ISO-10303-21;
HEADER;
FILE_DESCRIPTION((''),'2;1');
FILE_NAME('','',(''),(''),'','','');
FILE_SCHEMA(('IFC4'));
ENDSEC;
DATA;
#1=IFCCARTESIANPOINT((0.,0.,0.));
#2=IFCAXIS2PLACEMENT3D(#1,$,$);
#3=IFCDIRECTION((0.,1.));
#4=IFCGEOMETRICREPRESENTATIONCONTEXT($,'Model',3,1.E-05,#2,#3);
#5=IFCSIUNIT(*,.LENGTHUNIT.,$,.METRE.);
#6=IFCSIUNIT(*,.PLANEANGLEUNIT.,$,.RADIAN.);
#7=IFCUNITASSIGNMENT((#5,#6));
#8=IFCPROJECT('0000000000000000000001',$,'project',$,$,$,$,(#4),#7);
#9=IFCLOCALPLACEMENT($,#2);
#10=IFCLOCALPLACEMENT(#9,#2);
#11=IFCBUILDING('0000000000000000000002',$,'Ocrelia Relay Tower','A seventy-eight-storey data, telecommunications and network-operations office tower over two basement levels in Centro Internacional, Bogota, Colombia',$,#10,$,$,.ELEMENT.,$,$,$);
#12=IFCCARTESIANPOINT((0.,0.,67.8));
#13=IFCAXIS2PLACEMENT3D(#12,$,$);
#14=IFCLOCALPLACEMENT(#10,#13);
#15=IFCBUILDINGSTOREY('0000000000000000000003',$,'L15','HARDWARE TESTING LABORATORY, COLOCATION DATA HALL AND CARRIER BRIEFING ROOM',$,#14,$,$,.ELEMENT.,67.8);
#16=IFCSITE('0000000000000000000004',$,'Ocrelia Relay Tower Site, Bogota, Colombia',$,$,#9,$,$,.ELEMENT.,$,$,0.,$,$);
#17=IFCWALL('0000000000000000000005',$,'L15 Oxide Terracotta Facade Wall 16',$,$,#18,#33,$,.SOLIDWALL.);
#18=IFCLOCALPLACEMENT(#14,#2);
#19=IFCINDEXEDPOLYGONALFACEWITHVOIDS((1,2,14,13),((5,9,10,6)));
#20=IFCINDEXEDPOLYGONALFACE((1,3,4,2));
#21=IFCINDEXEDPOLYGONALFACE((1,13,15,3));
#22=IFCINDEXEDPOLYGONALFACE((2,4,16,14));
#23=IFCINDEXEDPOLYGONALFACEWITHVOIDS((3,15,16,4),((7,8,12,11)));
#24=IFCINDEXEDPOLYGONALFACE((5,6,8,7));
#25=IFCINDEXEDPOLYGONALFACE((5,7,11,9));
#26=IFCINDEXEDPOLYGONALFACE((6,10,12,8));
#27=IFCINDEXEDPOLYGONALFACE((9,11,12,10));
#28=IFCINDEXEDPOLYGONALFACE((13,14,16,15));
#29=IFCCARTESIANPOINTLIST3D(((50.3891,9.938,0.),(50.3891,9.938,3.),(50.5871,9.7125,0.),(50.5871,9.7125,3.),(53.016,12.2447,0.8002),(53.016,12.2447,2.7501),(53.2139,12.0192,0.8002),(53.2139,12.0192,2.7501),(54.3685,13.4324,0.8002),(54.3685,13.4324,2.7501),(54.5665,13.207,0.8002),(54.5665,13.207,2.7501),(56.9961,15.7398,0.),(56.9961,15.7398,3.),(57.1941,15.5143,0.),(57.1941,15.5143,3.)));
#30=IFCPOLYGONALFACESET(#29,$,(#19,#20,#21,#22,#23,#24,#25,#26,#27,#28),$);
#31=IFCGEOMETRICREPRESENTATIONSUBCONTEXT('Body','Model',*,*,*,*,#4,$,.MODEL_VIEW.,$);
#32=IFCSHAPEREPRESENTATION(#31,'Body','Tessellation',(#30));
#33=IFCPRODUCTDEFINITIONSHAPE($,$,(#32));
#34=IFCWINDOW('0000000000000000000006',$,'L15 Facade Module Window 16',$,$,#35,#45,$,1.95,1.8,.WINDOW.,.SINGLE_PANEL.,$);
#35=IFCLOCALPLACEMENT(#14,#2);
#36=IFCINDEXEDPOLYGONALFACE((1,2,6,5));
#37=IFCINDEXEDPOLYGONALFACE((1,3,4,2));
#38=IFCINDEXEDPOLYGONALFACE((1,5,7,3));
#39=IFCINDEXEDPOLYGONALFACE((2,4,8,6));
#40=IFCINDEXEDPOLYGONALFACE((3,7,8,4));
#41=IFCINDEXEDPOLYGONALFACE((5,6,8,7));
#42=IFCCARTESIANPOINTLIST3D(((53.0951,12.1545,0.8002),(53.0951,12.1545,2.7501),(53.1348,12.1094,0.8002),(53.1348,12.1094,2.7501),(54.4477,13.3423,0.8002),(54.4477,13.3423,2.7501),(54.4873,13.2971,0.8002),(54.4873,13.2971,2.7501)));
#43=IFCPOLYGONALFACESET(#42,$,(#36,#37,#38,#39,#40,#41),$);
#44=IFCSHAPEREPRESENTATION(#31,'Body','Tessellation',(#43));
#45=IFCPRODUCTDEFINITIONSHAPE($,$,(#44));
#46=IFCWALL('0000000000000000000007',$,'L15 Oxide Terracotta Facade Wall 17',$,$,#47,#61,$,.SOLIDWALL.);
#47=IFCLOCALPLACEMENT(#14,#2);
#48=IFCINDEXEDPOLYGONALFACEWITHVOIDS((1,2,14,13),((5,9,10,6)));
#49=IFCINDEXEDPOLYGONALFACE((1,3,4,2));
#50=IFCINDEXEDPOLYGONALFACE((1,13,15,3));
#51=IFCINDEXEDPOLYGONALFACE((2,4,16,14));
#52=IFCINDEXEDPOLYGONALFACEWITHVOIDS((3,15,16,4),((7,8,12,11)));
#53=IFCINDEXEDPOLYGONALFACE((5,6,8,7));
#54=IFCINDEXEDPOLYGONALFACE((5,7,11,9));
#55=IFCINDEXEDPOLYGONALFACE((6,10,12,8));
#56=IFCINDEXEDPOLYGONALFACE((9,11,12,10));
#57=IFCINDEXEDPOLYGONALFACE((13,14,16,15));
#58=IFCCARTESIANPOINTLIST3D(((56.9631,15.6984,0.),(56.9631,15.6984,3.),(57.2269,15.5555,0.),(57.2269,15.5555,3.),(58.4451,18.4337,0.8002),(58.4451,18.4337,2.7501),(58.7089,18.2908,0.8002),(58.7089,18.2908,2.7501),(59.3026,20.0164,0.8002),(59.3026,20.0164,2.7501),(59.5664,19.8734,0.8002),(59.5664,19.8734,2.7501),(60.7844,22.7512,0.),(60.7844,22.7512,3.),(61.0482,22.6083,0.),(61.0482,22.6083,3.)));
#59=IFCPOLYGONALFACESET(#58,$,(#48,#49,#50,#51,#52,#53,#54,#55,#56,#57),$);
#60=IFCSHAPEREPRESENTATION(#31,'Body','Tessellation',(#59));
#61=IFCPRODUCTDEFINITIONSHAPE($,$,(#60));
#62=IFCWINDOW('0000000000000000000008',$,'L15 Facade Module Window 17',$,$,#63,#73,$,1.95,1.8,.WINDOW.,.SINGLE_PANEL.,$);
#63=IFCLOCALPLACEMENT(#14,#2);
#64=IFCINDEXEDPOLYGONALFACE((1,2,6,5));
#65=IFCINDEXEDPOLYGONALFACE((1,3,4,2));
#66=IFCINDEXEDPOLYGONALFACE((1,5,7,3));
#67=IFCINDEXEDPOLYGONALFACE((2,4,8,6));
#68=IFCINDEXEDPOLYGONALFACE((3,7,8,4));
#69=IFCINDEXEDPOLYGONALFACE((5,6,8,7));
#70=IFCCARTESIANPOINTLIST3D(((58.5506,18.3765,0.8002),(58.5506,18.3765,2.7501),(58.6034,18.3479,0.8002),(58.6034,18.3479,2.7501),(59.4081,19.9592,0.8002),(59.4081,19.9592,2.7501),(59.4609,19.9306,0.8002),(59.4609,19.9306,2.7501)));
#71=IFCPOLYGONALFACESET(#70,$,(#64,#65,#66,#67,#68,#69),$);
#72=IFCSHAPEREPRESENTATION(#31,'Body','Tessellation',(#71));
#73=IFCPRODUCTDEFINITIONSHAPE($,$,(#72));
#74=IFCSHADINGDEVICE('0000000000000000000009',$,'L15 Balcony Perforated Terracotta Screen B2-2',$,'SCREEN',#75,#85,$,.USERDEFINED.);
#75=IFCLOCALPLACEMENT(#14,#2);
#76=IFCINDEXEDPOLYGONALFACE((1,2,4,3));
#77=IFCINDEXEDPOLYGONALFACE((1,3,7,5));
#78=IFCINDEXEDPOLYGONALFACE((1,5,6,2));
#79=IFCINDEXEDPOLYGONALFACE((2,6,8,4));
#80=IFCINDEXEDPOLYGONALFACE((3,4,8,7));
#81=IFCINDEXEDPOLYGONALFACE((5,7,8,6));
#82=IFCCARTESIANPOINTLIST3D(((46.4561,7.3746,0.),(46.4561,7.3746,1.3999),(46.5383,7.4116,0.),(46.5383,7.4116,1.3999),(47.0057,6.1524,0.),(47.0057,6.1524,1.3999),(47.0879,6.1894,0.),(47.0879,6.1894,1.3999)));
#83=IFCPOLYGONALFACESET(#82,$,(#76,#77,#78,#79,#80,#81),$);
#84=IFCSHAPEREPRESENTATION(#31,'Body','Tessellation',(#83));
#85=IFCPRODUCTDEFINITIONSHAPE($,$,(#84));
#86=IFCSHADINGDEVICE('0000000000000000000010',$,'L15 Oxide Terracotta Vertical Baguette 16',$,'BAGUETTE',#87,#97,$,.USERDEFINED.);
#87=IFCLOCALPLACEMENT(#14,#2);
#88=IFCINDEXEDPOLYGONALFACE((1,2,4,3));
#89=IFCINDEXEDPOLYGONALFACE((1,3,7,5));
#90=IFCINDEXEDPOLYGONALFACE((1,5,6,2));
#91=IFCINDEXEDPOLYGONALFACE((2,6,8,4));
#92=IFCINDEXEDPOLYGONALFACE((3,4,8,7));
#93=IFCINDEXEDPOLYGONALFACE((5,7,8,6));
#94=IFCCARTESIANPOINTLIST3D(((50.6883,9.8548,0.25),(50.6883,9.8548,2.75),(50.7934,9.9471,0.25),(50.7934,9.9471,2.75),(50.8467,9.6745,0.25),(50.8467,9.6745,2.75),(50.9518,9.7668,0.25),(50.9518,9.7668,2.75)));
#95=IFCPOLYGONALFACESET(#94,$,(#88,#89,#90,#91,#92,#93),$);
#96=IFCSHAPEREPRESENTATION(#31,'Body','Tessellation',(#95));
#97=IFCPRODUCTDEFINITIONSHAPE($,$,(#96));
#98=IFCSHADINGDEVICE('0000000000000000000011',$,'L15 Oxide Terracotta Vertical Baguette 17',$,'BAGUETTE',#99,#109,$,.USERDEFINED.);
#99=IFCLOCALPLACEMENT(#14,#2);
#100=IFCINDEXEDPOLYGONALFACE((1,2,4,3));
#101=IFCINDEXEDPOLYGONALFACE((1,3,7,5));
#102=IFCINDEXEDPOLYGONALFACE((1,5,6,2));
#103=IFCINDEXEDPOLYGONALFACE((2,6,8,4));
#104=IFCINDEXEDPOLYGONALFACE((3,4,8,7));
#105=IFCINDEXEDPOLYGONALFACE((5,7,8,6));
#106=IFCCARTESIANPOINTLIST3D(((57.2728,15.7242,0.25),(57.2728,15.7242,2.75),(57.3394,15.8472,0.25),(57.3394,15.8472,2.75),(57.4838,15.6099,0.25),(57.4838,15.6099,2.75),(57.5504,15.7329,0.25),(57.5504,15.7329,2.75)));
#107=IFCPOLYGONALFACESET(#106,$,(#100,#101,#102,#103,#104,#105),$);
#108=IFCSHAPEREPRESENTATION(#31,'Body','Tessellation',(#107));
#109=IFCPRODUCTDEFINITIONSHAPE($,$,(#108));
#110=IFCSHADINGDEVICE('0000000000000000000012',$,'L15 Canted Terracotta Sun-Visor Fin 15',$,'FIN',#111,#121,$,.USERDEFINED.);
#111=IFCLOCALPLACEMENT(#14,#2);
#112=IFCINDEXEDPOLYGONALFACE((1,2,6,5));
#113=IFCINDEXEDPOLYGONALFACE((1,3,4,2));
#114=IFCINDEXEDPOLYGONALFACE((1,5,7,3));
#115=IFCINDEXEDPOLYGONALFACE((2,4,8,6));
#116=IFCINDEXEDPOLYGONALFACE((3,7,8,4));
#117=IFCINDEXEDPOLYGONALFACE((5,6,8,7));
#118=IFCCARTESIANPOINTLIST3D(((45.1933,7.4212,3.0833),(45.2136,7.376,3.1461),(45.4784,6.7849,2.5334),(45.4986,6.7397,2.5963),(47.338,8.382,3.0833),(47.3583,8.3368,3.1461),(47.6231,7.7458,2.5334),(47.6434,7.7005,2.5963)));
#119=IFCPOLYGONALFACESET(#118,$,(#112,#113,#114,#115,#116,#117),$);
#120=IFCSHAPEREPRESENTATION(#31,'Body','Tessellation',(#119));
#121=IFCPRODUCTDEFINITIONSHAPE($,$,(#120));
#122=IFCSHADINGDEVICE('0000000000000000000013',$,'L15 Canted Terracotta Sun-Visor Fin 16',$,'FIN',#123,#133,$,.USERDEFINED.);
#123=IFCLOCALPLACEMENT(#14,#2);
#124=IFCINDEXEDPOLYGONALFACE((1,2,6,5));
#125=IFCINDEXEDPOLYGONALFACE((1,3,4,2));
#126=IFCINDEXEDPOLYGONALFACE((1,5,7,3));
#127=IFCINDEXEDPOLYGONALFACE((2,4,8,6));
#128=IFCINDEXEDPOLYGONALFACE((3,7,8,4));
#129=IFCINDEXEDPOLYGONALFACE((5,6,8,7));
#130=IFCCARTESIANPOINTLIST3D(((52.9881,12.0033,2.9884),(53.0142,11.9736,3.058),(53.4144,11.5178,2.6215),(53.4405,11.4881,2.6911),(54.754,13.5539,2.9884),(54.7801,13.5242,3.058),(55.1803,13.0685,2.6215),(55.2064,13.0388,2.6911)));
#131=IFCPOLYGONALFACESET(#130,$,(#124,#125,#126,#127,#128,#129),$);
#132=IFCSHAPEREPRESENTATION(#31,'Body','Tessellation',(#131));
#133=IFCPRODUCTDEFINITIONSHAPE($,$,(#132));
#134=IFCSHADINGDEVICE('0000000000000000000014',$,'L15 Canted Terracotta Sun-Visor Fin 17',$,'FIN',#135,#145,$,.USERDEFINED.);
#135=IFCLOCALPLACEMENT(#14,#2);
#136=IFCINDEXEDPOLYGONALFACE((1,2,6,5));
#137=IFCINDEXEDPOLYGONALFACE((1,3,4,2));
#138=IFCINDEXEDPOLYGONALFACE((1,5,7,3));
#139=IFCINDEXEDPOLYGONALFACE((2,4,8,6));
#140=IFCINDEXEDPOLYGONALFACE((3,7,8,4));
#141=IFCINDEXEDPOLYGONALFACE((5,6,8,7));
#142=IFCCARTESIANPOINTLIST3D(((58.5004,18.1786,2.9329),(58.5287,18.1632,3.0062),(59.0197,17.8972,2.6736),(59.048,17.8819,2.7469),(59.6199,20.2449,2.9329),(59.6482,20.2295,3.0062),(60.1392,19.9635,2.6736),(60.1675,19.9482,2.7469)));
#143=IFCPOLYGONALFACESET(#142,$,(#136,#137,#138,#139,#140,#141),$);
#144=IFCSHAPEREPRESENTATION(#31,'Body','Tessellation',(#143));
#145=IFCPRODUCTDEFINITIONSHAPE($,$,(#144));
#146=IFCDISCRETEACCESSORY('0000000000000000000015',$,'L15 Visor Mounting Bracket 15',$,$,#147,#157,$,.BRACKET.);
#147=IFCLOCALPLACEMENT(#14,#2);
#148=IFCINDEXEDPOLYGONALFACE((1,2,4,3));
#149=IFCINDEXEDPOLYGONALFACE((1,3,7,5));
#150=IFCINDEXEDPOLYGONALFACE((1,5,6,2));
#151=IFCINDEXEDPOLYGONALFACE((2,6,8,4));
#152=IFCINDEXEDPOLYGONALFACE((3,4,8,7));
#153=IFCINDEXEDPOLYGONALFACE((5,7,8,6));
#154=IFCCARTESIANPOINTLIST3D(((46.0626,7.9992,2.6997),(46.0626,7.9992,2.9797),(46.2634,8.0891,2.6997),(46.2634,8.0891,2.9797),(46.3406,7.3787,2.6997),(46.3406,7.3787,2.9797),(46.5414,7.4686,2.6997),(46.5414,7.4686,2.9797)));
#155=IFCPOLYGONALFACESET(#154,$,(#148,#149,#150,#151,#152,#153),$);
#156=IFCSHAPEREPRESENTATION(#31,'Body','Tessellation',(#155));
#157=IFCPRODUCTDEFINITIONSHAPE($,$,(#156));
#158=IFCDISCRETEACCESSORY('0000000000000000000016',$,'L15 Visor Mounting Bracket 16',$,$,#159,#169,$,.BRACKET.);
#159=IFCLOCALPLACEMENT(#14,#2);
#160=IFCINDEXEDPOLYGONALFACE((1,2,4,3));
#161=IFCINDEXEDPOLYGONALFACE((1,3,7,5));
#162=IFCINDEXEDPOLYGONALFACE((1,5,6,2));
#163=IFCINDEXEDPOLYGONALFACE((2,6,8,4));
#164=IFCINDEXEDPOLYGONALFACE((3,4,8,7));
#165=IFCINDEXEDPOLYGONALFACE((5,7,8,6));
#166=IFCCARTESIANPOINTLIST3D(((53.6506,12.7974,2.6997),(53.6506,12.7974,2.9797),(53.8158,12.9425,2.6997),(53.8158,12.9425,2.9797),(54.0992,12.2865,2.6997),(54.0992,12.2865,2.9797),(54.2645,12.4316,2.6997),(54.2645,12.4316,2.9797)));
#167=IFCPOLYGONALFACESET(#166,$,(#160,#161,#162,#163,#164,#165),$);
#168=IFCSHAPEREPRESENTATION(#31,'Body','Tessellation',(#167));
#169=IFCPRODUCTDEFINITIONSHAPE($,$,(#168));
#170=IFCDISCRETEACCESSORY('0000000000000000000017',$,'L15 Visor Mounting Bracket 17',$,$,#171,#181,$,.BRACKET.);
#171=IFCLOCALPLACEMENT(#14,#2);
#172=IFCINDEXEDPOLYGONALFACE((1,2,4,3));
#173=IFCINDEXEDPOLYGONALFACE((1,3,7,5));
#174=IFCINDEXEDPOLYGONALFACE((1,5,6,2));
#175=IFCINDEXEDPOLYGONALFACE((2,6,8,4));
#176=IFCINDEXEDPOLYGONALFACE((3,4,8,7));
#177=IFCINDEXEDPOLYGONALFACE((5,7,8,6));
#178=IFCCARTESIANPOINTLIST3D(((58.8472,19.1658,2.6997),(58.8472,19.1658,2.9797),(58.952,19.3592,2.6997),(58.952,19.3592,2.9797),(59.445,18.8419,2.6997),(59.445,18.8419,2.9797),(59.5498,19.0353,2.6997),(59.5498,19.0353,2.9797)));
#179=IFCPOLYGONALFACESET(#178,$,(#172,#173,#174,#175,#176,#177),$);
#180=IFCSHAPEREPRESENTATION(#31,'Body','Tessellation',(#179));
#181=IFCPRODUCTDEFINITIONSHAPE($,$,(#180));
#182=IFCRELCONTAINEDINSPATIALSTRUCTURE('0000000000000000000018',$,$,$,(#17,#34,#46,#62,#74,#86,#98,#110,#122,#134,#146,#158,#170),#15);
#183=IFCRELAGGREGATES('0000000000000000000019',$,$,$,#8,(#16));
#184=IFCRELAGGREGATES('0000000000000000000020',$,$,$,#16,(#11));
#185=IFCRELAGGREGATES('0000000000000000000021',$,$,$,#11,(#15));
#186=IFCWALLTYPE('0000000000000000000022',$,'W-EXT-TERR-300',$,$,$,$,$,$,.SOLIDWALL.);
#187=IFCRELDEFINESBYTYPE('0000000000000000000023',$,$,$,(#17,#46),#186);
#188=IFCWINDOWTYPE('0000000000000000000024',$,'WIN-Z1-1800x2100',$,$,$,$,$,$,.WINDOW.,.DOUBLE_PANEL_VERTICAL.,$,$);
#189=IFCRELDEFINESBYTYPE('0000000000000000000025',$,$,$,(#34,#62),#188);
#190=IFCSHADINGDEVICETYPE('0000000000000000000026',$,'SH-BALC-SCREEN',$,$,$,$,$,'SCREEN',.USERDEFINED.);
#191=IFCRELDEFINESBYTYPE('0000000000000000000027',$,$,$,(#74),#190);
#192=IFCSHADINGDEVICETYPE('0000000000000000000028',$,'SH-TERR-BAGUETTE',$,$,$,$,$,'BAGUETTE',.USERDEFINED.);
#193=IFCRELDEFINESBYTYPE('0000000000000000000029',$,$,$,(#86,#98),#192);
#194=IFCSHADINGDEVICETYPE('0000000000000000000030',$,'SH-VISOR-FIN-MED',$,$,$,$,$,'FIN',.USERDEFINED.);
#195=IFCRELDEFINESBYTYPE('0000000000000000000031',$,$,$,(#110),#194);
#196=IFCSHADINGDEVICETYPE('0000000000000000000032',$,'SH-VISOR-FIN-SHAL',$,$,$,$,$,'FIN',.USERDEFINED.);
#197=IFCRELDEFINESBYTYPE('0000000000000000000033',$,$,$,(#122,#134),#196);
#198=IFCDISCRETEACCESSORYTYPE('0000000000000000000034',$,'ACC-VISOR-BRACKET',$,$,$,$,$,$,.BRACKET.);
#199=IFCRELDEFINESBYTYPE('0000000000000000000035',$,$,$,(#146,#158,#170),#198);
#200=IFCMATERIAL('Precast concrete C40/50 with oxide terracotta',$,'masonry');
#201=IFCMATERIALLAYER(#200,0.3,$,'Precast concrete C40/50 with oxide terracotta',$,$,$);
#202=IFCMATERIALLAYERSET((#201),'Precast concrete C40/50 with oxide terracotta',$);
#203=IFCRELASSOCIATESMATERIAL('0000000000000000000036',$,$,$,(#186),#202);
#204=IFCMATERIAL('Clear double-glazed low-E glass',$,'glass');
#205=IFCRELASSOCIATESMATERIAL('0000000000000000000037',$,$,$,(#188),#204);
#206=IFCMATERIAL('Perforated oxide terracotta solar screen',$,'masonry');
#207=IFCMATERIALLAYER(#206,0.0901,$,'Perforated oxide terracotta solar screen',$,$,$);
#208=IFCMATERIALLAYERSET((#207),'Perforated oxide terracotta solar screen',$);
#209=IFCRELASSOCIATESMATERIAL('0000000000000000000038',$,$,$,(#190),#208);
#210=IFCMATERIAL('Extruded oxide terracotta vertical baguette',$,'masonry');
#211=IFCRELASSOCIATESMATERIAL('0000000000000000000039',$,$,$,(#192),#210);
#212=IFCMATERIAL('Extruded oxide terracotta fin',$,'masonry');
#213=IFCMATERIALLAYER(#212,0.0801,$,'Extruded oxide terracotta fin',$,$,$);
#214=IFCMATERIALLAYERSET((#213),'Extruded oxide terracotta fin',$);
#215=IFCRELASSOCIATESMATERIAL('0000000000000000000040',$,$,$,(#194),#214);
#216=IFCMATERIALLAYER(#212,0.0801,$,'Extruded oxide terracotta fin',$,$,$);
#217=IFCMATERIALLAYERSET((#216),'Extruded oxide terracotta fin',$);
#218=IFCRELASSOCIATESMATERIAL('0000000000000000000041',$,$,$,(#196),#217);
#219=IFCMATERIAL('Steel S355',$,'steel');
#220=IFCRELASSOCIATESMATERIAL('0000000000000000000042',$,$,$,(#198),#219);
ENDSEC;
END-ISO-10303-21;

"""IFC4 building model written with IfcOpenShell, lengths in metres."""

from ifc_helpers import new_model, si_unit, direction, frame, frame_2d, origin, origin_2d, place, context, subcontext, project, spatial, rectangle, extrude, material, layer, layer_set, type_object, element, fill, save


model = new_model("IFC4")

# Units and contexts
model_context = context("Model", 3, precision=1e-05, world=origin(), true_north=direction((0.0, 1.0)))
body_context = subcontext(model_context, "Body", "Model", "MODEL_VIEW")
ifc_project = project(units=[si_unit("LENGTHUNIT", "METRE"), si_unit("PLANEANGLEUNIT", "RADIAN")], contexts=[model_context])

# Site, building, storey
site_placement = place(None, origin())
site = spatial("IfcSite", under=ifc_project, at=site_placement, Name="Ocrelia Relay Tower Site, Bogota, Colombia", CompositionType="ELEMENT", RefElevation=0.0)
building_placement = place(site_placement, origin())
building = spatial("IfcBuilding", under=site, at=building_placement, Name="Ocrelia Relay Tower", Description="A seventy-eight-storey data, telecommunications and network-operations office tower over two basement levels in Centro Internacional, Bogota, Colombia", CompositionType="ELEMENT")
storey_placement = place(building_placement, frame((0.0, 0.0, 67.8)))
storey = spatial("IfcBuildingStorey", under=building, at=storey_placement, Name="L15", Description="HARDWARE TESTING LABORATORY, COLOCATION DATA HALL AND CARRIER BRIEFING ROOM", CompositionType="ELEMENT", Elevation=67.8)

# Shared definitions
ifc_material_1 = material(Name="Steel S355", Category="steel")

# Walls, openings, windows
ifc_material_2 = material(Name="Precast concrete C40/50 with oxide terracotta", Category="masonry")
ifc_layer_1 = layer(ifc_material_2, 0.3, Name="Precast concrete C40/50 with oxide terracotta")
ifc_layer_set_1 = layer_set([ifc_layer_1], Name="Precast concrete C40/50 with oxide terracotta")
wall_type_1 = type_object("IfcWallType", Name="W-EXT-TERR-300", PredefinedType="SOLIDWALL", material=ifc_layer_set_1)
wall_1_placement = place(storey_placement, frame((50.488, 9.8252, 0.0), z_axis=(0.0, 0.0, 1.0), x_axis=(0.751409, 0.659836, 0.0)))
wall_1 = element("IfcWall", 1, at=wall_1_placement, inside=storey, type_object=wall_type_1, Name="L15 Oxide Terracotta Facade Wall 16", PredefinedType="SOLIDWALL", context=body_context, shape_type="SweptSolid", body=[
    extrude(rectangle(XDim=8.7927, YDim=0.3, at=frame_2d((4.3965, 0.0))), origin(), (0.0, 0.0, 1.0), 3.0),
])
opening_1_placement = place(wall_1_placement, frame((3.4961, 0.0, 0.8)))
opening_1 = element("IfcOpeningElement", 2, at=opening_1_placement, cuts=wall_1, PredefinedType="OPENING", context=body_context, shape_type="SweptSolid", body=[
    extrude(rectangle(XDim=1.8, YDim=1.95, at=frame_2d((0.8999, 0.9751))), frame((0.0, 0.1602, 0.0), z_axis=(0.0, -1.0, 0.0), x_axis=(1.0, 0.0, 0.0)), (0.0, 0.0, 1.0), 0.3201),
])
ifc_material_3 = material(Name="Clear double-glazed low-E glass", Category="glass")
window_type = type_object("IfcWindowType", Name="WIN-Z1-1800x2100", PartitioningType="DOUBLE_PANEL_VERTICAL", PredefinedType="WINDOW", material=ifc_material_3)
window_1_placement = place(opening_1_placement, origin())
window_1 = element("IfcWindow", 3, at=window_1_placement, inside=storey, type_object=window_type, Name="L15 Facade Module Window 16", OverallHeight=1.95, OverallWidth=1.8, PartitioningType="SINGLE_PANEL", PredefinedType="WINDOW", context=body_context, shape_type="SweptSolid", body=[
    extrude(rectangle(XDim=1.8, YDim=1.95, at=frame_2d((0.8999, 0.9751))), frame((0.0, 0.03, 0.0), z_axis=(0.0, -1.0, 0.0), x_axis=(1.0, 0.0, 0.0)), (0.0, 0.0, 1.0), 0.0601),
])
fill(opening_1, window_1)
wall_2_placement = place(storey_placement, frame((57.095, 15.627, 0.0), z_axis=(0.0, 0.0, 1.0), x_axis=(0.476385, 0.879237, 0.0)))
wall_2 = element("IfcWall", 4, at=wall_2_placement, inside=storey, type_object=wall_type_1, Name="L15 Oxide Terracotta Facade Wall 17", PredefinedType="SOLIDWALL", context=body_context, shape_type="SweptSolid", body=[
    extrude(rectangle(XDim=8.0215, YDim=0.3, at=frame_2d((4.0107, 0.0))), origin(), (0.0, 0.0, 1.0), 3.0),
])
opening_2_placement = place(wall_2_placement, frame((3.1111, 0.0, 0.8)))
opening_2 = element("IfcOpeningElement", 5, at=opening_2_placement, cuts=wall_2, PredefinedType="OPENING", context=body_context, shape_type="SweptSolid", body=[
    extrude(rectangle(XDim=1.8, YDim=1.95, at=frame_2d((0.8999, 0.9751))), frame((0.0, 0.1602, 0.0), z_axis=(0.0, -1.0, 0.0), x_axis=(1.0, 0.0, 0.0)), (0.0, 0.0, 1.0), 0.3201),
])
window_2_placement = place(opening_2_placement, origin())
window_2 = element("IfcWindow", 6, at=window_2_placement, inside=storey, type_object=window_type, Name="L15 Facade Module Window 17", OverallHeight=1.95, OverallWidth=1.8, PartitioningType="SINGLE_PANEL", PredefinedType="WINDOW", context=body_context, shape_type="SweptSolid", body=[
    extrude(rectangle(XDim=1.8, YDim=1.95, at=frame_2d((0.8999, 0.9751))), frame((0.0, 0.03, 0.0), z_axis=(0.0, -1.0, 0.0), x_axis=(1.0, 0.0, 0.0)), (0.0, 0.0, 1.0), 0.0601),
])
fill(opening_2, window_2)

# Shading devices
ifc_material_4 = material(Name="Perforated oxide terracotta solar screen", Category="masonry")
ifc_layer_2 = layer(ifc_material_4, 0.0901, Name="Perforated oxide terracotta solar screen")
ifc_layer_set_2 = layer_set([ifc_layer_2], Name="Perforated oxide terracotta solar screen")
shading_device_type_1 = type_object("IfcShadingDeviceType", Name="SH-BALC-SCREEN", ElementType="SCREEN", PredefinedType="USERDEFINED", material=ifc_layer_set_2)
shading_device_1_placement = place(storey_placement, frame((46.772, 6.782, 0.0), z_axis=(0.0, 0.0, 1.0), x_axis=(0.410123, -0.91203, 0.0)))
element("IfcShadingDevice", 7, at=shading_device_1_placement, inside=storey, type_object=shading_device_type_1, Name="L15 Balcony Perforated Terracotta Screen B2-2", ObjectType="SCREEN", PredefinedType="USERDEFINED", context=body_context, shape_type="SweptSolid", body=[
    extrude(rectangle(XDim=1.3401, YDim=0.0901, at=origin_2d()), origin(), (0.0, 0.0, 1.0), 1.3999),
])
ifc_material_5 = material(Name="Extruded oxide terracotta vertical baguette", Category="masonry")
shading_device_type_2 = type_object("IfcShadingDeviceType", Name="SH-TERR-BAGUETTE", ElementType="BAGUETTE", PredefinedType="USERDEFINED", material=ifc_material_5)
for number, where, z_axis, x_axis, name in (
    (8, (50.8201, 9.8108, 0.25), (0.0, 0.0, 1.0), (0.751411, 0.659835, 0.0), "L15 Oxide Terracotta Vertical Baguette 16"),
    (9, (57.4116, 15.7285, 0.25), (0.0, 0.0, 1.0), (0.476378, 0.879241, 0.0), "L15 Oxide Terracotta Vertical Baguette 17"),
):
    element("IfcShadingDevice", number, at=place(storey_placement, frame(where, z_axis=z_axis, x_axis=x_axis)), inside=storey, type_object=shading_device_type_2, Name=name, ObjectType="BAGUETTE", PredefinedType="USERDEFINED", context=body_context, shape_type="SweptSolid", body=[
        extrude(rectangle(XDim=0.1399, YDim=0.24, at=origin_2d()), origin(), (0.0, 0.0, 1.0), 2.5),
    ])
ifc_material_6 = material(Name="Extruded oxide terracotta fin", Category="masonry")
ifc_layer_3 = layer(ifc_material_6, 0.0801, Name="Extruded oxide terracotta fin")
ifc_layer_set_3 = layer_set([ifc_layer_3], Name="Extruded oxide terracotta fin")
shading_device_type_3 = type_object("IfcShadingDeviceType", Name="SH-VISOR-FIN-MED", ElementType="FIN", PredefinedType="USERDEFINED", material=ifc_layer_set_3)
shading_device_2_placement = place(storey_placement, frame((46.4082, 7.5835, 2.8083), z_axis=(0.253169, -0.565113, 0.785209), x_axis=(0.912604, 0.408844, 0.0)))
element("IfcShadingDevice", 10, at=shading_device_2_placement, inside=storey, type_object=shading_device_type_3, Name="L15 Canted Terracotta Sun-Visor Fin 15", ObjectType="FIN", PredefinedType="USERDEFINED", context=body_context, shape_type="SweptSolid", body=[
    extrude(rectangle(XDim=2.3501, YDim=0.8879, at=origin_2d()), origin(), (0.0, 0.0, 1.0), 0.0801),
])
ifc_layer_4 = layer(ifc_material_6, 0.0801, Name="Extruded oxide terracotta fin")
ifc_layer_set_4 = layer_set([ifc_layer_4], Name="Extruded oxide terracotta fin")
shading_device_type_4 = type_object("IfcShadingDeviceType", Name="SH-VISOR-FIN-SHAL", ElementType="FIN", PredefinedType="USERDEFINED", material=ifc_layer_set_4)
shading_device_3_placement = place(storey_placement, frame((54.0842, 12.5359, 2.8049), z_axis=(0.32582, -0.371039, 0.869581), x_axis=(0.751411, 0.659835, 0.0)))
element("IfcShadingDevice", 11, at=shading_device_3_placement, inside=storey, type_object=shading_device_type_4, Name="L15 Canted Terracotta Sun-Visor Fin 16", ObjectType="FIN", PredefinedType="USERDEFINED", context=body_context, shape_type="SweptSolid", body=[
    extrude(rectangle(XDim=2.3501, YDim=0.7429, at=origin_2d()), origin(), (0.0, 0.0, 1.0), 0.0801),
])
shading_device_4_placement = place(storey_placement, frame((59.3198, 19.071, 2.8032), z_axis=(0.353409, -0.191479, 0.915663), x_axis=(0.476378, 0.879241, 0.0)))
element("IfcShadingDevice", 12, at=shading_device_4_placement, inside=storey, type_object=shading_device_type_4, Name="L15 Canted Terracotta Sun-Visor Fin 17", ObjectType="FIN", PredefinedType="USERDEFINED", context=body_context, shape_type="SweptSolid", body=[
    extrude(rectangle(XDim=2.3501, YDim=0.645, at=origin_2d()), origin(), (0.0, 0.0, 1.0), 0.0801),
])

# Discrete accessories
discrete_accessory_type = type_object("IfcDiscreteAccessoryType", Name="ACC-VISOR-BRACKET", PredefinedType="BRACKET", material=ifc_material_1)
for number, where, z_axis, x_axis, name in (
    (13, (46.302, 7.7339, 2.6997), (0.0, 0.0, 1.0), (0.912604, 0.408844, 0.0), "L15 Visor Mounting Bracket 15"),
    (14, (53.9575, 12.6145, 2.6997), (0.0, 0.0, 1.0), (0.751411, 0.659835, 0.0), "L15 Visor Mounting Bracket 16"),
    (15, (59.1985, 19.1006, 2.6997), (0.0, 0.0, 1.0), (0.476378, 0.879241, 0.0), "L15 Visor Mounting Bracket 17"),
):
    element("IfcDiscreteAccessory", number, at=place(storey_placement, frame(where, z_axis=z_axis, x_axis=x_axis)), inside=storey, type_object=discrete_accessory_type, Name=name, PredefinedType="BRACKET", context=body_context, shape_type="SweptSolid", body=[
        extrude(rectangle(XDim=0.22, YDim=0.6799, at=origin_2d()), origin(), (0.0, 0.0, 1.0), 0.28),
    ])

save(model, "model.ifc")
